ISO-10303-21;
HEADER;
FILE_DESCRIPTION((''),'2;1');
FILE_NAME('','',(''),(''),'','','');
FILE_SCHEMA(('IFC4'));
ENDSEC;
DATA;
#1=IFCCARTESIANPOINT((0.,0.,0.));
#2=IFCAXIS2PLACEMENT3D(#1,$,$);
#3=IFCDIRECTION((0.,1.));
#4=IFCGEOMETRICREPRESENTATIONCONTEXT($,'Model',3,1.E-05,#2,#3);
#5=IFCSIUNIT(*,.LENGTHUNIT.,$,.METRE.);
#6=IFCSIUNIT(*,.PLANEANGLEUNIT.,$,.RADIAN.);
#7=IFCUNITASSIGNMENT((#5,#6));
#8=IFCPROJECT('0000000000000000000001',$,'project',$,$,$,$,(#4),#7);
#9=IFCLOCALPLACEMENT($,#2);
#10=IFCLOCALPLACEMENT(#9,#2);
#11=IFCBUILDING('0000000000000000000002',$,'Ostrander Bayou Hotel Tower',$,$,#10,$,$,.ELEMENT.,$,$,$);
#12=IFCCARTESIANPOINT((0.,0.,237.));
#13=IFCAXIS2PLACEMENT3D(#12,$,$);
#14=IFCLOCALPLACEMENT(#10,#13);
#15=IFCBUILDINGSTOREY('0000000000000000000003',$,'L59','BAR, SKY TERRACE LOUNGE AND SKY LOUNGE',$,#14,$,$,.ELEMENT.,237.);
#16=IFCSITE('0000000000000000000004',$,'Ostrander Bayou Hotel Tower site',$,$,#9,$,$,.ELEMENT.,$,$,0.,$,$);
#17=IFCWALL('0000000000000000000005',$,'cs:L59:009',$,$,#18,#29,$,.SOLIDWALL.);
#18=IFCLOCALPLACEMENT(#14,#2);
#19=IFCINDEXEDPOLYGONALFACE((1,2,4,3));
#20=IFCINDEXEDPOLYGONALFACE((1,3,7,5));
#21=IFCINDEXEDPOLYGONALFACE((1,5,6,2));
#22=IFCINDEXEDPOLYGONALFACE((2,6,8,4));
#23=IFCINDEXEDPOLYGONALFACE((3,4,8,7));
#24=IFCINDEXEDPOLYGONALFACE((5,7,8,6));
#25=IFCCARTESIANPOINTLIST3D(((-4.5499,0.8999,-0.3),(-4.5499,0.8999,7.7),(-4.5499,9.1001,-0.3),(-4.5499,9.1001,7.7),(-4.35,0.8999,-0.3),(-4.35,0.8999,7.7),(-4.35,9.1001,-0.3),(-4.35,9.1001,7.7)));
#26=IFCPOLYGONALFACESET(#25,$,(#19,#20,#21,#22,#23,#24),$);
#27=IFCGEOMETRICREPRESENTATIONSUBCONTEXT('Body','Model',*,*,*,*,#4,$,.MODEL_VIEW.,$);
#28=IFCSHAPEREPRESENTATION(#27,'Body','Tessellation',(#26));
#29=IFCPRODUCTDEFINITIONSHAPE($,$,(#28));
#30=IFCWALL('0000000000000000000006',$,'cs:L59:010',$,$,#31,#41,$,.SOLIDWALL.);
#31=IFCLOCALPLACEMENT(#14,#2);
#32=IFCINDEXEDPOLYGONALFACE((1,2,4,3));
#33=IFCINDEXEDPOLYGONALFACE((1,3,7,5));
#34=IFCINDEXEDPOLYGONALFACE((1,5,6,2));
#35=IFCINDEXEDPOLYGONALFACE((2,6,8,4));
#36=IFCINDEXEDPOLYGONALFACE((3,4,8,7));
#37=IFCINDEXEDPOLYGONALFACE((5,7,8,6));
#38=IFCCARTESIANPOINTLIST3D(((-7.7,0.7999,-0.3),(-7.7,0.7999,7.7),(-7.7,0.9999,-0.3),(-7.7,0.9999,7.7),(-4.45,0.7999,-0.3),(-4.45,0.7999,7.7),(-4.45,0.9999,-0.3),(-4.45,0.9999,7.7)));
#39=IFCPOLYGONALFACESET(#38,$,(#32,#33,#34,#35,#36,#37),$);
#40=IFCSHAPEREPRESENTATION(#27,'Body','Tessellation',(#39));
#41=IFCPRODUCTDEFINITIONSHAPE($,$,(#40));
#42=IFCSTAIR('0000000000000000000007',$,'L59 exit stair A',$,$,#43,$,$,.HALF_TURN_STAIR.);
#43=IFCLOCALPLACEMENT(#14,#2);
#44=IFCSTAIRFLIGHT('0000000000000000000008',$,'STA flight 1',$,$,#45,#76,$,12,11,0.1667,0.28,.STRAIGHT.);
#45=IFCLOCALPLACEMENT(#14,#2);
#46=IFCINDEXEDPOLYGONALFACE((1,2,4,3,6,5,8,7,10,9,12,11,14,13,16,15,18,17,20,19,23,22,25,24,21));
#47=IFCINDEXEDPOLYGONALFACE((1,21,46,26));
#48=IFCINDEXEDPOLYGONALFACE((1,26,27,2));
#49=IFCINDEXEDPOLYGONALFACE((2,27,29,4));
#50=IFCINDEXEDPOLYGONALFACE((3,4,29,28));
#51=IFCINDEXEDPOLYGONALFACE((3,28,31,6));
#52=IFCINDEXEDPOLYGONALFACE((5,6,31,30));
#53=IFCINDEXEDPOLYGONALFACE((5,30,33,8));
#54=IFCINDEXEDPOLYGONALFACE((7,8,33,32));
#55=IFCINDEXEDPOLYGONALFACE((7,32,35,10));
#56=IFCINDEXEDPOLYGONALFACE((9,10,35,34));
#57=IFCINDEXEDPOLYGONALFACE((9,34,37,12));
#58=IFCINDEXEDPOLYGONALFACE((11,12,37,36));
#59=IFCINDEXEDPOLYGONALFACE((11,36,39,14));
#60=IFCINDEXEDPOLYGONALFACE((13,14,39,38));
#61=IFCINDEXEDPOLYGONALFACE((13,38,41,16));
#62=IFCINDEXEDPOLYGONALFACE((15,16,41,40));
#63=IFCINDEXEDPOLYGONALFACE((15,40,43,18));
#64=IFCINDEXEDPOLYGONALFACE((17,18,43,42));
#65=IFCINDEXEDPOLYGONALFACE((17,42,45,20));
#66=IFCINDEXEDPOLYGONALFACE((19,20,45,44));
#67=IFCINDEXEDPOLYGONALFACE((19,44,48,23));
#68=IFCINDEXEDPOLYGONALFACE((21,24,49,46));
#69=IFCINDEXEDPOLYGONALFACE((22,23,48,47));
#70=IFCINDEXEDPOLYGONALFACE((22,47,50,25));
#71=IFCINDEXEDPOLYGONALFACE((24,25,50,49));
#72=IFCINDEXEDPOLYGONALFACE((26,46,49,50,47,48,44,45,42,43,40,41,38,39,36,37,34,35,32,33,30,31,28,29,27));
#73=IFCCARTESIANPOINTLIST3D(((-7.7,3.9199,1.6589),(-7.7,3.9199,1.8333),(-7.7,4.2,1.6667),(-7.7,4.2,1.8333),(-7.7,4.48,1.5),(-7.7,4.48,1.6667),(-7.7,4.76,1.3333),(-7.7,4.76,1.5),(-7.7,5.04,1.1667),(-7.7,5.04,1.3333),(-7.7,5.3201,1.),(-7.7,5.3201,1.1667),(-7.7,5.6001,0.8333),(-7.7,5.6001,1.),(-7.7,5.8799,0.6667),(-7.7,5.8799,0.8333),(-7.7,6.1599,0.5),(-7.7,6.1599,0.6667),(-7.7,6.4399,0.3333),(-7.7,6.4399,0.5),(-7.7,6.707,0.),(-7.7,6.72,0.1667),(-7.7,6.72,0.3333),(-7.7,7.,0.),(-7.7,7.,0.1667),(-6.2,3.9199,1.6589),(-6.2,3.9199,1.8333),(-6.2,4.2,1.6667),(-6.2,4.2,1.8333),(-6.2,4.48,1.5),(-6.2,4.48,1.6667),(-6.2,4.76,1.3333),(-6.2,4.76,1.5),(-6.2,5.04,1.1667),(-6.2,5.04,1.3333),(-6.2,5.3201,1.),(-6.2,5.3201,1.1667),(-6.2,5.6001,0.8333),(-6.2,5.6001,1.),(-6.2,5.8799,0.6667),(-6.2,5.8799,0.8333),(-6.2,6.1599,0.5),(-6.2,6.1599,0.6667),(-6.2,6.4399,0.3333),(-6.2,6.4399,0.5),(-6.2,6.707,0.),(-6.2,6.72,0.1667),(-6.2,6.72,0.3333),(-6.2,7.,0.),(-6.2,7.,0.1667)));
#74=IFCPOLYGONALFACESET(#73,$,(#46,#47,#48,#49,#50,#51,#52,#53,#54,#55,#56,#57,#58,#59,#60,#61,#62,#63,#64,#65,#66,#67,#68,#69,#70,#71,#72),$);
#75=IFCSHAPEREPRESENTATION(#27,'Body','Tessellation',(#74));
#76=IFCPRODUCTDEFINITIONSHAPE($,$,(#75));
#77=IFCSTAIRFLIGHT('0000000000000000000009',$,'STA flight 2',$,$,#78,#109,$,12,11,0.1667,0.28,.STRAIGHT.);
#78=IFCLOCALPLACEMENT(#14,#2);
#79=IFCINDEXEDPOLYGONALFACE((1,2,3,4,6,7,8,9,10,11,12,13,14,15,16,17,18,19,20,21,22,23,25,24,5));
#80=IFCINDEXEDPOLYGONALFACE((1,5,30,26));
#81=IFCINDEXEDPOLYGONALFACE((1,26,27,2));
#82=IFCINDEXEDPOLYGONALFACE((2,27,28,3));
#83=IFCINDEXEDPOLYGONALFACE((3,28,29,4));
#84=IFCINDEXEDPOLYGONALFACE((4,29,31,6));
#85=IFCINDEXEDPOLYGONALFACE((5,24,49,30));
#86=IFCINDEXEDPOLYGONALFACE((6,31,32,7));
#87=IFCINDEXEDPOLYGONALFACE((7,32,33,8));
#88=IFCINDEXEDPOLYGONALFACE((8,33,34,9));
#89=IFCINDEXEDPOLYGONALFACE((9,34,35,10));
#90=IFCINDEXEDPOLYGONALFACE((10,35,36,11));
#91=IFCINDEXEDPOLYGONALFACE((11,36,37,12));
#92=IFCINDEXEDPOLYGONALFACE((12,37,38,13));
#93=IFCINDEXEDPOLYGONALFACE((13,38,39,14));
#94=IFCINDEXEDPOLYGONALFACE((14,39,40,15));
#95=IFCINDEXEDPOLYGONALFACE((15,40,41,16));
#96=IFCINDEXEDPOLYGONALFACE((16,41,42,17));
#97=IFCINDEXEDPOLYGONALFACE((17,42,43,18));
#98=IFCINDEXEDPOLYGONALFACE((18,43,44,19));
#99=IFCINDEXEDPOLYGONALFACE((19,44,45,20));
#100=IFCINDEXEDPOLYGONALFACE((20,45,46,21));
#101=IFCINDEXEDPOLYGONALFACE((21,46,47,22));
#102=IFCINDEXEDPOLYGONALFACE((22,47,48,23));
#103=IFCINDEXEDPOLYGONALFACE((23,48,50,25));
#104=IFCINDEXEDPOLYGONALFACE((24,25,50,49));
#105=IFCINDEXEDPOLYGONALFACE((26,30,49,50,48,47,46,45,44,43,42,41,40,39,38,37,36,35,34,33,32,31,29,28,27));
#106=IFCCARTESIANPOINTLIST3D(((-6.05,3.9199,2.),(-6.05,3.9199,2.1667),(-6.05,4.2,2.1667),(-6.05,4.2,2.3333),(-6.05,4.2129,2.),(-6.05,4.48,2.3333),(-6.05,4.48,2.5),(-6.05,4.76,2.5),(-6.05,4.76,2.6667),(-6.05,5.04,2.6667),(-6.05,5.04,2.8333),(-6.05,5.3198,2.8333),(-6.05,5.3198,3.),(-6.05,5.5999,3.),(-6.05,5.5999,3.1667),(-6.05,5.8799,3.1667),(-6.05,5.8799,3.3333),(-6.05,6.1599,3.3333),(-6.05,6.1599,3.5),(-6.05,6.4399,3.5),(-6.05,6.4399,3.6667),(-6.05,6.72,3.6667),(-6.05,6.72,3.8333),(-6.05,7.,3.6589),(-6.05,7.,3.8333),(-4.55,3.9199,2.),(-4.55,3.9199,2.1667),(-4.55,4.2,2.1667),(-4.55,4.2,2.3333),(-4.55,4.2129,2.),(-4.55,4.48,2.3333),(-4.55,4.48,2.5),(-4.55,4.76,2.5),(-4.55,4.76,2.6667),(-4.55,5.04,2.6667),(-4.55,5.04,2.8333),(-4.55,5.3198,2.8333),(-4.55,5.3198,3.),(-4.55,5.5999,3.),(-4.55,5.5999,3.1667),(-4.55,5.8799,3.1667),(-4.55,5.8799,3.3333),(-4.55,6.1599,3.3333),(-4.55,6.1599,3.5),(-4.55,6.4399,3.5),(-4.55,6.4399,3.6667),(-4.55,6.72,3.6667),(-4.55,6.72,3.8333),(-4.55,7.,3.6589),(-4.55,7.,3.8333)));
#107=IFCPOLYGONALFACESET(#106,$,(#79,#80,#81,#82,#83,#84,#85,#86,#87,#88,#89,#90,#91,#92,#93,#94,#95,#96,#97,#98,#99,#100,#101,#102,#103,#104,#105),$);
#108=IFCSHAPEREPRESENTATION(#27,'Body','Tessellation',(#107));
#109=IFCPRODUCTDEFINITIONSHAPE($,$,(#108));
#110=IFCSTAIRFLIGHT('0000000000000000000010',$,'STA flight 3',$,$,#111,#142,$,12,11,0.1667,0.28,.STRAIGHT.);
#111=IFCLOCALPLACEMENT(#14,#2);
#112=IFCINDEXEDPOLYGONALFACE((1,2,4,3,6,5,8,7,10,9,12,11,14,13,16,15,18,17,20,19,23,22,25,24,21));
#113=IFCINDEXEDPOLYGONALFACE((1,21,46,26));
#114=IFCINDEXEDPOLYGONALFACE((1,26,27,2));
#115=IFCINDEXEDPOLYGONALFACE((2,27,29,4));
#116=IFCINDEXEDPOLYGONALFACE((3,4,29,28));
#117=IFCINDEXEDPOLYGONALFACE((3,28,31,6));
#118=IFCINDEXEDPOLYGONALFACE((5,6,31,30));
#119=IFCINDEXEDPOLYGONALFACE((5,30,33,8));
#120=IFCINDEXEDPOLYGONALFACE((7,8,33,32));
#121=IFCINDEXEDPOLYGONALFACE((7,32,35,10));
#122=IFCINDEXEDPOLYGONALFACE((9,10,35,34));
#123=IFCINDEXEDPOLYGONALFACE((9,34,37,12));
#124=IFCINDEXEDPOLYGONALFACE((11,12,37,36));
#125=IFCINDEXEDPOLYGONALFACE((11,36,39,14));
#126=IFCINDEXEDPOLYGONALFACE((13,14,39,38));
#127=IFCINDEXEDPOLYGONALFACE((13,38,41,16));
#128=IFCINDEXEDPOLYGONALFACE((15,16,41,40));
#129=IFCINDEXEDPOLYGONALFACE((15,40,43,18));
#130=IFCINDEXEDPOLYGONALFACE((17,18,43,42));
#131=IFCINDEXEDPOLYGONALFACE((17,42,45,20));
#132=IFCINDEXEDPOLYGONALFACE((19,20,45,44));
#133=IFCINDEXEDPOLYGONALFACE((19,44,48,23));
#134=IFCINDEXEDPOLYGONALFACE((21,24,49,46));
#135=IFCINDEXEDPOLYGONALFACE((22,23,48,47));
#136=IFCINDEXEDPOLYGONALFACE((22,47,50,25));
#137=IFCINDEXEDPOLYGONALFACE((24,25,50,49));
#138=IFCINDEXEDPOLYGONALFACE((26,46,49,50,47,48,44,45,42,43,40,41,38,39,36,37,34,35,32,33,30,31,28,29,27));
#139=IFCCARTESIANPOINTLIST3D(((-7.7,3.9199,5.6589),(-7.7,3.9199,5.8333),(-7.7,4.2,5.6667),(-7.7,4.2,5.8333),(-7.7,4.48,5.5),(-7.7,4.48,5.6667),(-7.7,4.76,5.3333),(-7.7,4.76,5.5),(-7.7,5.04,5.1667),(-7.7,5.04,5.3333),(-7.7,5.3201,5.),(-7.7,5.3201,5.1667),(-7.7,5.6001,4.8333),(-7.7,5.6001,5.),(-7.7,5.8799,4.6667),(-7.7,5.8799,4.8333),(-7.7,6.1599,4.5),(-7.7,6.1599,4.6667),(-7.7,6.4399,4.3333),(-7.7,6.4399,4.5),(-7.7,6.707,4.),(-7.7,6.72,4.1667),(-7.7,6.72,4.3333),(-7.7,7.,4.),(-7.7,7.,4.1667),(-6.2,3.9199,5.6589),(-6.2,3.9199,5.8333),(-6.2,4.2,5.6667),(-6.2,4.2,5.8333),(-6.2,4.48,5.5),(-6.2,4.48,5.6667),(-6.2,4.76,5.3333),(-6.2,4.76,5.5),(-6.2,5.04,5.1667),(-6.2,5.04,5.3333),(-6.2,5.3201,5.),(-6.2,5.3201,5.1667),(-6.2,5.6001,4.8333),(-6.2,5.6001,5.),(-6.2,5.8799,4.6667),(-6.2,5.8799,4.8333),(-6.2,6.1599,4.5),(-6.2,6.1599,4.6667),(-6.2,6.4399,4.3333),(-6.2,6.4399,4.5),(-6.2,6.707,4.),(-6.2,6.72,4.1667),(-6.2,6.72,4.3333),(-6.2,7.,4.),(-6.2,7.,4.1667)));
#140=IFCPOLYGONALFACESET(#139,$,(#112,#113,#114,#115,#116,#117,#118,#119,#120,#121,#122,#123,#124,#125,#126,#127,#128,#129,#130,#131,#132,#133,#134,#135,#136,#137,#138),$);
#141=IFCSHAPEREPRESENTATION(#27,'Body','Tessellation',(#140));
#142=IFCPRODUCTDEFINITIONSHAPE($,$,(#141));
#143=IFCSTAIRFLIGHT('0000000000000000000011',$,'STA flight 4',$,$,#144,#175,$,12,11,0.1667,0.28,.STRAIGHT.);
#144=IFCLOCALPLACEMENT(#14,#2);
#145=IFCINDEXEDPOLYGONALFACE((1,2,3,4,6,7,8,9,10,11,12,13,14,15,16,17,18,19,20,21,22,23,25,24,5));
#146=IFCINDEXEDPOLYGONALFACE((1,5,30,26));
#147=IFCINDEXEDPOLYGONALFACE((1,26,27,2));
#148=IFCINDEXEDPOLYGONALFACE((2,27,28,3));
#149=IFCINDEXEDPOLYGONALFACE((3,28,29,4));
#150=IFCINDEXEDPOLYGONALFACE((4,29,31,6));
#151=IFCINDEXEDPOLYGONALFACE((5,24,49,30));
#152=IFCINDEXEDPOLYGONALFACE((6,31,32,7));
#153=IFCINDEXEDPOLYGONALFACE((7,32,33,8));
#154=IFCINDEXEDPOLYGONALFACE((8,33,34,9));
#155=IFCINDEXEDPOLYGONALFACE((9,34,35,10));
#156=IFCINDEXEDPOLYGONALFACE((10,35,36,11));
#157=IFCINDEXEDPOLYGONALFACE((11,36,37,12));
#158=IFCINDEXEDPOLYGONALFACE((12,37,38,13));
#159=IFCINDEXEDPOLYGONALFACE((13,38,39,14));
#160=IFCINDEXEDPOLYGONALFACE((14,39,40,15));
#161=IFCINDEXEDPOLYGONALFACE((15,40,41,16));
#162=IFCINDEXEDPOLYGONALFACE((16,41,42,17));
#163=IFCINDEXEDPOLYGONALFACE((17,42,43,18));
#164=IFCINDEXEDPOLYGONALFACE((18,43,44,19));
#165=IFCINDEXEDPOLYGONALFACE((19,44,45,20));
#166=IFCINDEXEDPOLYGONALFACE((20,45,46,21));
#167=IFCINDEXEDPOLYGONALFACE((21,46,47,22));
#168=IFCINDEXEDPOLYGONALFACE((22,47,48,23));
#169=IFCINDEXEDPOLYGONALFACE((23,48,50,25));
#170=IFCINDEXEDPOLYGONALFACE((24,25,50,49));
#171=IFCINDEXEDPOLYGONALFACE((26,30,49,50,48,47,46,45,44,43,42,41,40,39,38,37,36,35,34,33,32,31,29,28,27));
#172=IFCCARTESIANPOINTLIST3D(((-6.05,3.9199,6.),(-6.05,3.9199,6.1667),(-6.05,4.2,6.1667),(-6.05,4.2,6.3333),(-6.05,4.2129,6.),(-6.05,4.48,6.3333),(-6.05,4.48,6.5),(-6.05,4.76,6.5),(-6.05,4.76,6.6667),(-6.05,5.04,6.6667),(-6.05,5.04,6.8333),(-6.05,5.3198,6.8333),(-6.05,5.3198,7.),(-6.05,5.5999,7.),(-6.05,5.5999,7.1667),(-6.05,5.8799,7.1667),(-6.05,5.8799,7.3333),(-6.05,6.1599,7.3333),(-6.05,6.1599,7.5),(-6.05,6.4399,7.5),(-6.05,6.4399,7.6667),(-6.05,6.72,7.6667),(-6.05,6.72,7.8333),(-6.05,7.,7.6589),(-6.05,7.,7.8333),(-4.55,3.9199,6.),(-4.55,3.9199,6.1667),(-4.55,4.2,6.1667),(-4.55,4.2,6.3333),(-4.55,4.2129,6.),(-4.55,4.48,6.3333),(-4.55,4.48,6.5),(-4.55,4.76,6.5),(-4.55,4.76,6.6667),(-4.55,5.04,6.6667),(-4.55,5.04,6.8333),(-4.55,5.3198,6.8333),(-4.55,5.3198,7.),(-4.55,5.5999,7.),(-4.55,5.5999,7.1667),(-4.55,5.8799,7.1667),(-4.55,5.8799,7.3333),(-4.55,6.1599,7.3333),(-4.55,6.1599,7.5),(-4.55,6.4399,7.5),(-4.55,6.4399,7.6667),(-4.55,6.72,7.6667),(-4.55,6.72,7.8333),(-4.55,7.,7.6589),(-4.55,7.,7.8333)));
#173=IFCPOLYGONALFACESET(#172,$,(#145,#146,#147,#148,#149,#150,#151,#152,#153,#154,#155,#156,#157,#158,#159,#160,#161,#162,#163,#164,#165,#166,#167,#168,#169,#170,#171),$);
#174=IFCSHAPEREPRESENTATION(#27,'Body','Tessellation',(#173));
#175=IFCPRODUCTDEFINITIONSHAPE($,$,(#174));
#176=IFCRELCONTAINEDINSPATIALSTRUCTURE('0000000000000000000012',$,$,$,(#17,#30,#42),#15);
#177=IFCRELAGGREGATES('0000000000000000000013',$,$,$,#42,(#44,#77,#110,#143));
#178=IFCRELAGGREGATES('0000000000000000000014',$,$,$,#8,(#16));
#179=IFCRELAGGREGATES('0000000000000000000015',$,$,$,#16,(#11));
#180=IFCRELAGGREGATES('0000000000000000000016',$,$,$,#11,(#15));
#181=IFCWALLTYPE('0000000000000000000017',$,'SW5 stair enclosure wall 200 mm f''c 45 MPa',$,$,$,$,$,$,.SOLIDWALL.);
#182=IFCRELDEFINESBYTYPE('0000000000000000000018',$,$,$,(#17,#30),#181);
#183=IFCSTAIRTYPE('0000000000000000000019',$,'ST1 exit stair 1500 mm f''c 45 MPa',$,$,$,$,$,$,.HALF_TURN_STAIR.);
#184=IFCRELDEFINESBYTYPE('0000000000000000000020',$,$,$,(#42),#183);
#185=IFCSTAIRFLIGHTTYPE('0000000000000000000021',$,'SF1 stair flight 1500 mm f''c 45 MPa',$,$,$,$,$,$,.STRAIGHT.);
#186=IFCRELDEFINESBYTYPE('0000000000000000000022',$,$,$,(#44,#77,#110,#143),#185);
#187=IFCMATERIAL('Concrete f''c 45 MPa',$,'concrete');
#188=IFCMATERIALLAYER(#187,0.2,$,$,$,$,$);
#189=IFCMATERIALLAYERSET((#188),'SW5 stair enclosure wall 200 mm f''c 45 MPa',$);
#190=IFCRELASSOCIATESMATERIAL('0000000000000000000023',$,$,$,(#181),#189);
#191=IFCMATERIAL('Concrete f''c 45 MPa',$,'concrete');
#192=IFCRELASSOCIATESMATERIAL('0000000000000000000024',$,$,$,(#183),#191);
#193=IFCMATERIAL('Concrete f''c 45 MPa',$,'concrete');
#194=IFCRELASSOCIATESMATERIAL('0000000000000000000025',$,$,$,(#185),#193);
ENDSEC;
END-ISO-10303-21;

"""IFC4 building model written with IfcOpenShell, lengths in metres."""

from ifc_helpers import new_model, si_unit, direction, frame, frame_2d, origin, place, context, subcontext, project, spatial, polyline, rectangle, outline, extrude, material, layer, layer_set, type_object, element, aggregate, save


model = new_model("IFC4")

# Units and contexts
model_context = context("Model", 3, precision=1e-05, world=origin(), true_north=direction((0.0, 1.0)))
body_context = subcontext(model_context, "Body", "Model", "MODEL_VIEW")
ifc_project = project(units=[si_unit("LENGTHUNIT", "METRE"), si_unit("PLANEANGLEUNIT", "RADIAN")], contexts=[model_context])

# Site, building, storey
site_placement = place(None, origin())
site = spatial("IfcSite", under=ifc_project, at=site_placement, Name="Ostrander Bayou Hotel Tower site", CompositionType="ELEMENT", RefElevation=0.0)
building_placement = place(site_placement, origin())
building = spatial("IfcBuilding", under=site, at=building_placement, Name="Ostrander Bayou Hotel Tower", CompositionType="ELEMENT")
storey_placement = place(building_placement, frame((0.0, 0.0, 237.0)))
storey = spatial("IfcBuildingStorey", under=building, at=storey_placement, Name="L59", Description="BAR, SKY TERRACE LOUNGE AND SKY LOUNGE", CompositionType="ELEMENT", Elevation=237.0)

# Walls
ifc_material_1 = material(Name="Concrete f'c 45 MPa", Category="concrete")
ifc_layer_1 = layer(ifc_material_1, 0.2)
ifc_layer_set_1 = layer_set([ifc_layer_1], Name="SW5 stair enclosure wall 200 mm f'c 45 MPa")
wall_type_1 = type_object("IfcWallType", Name="SW5 stair enclosure wall 200 mm f'c 45 MPa", PredefinedType="SOLIDWALL", material=ifc_layer_set_1)
wall_1_placement = place(storey_placement, frame((-4.45, 0.8999, -0.3), z_axis=(0.0, 0.0, 1.0), x_axis=(0.0, 1.0, 0.0)))
element("IfcWall", 1, at=wall_1_placement, inside=storey, type_object=wall_type_1, Name="cs:L59:009", PredefinedType="SOLIDWALL", context=body_context, shape_type="SweptSolid", body=[
    extrude(rectangle(XDim=8.2002, YDim=0.2, at=frame_2d((4.1001, 0.0))), origin(), (0.0, 0.0, 1.0), 8.0),
])
wall_2_placement = place(storey_placement, frame((-7.7, 0.8999, -0.3), z_axis=(0.0, 0.0, 1.0), x_axis=(1.0, 0.0, 0.0)))
element("IfcWall", 2, at=wall_2_placement, inside=storey, type_object=wall_type_1, Name="cs:L59:010", PredefinedType="SOLIDWALL", context=body_context, shape_type="SweptSolid", body=[
    extrude(rectangle(XDim=3.25, YDim=0.2, at=frame_2d((1.625, 0.0))), origin(), (0.0, 0.0, 1.0), 8.0),
])

# Stair, stair flights
ifc_material_2 = material(Name="Concrete f'c 45 MPa", Category="concrete")
stair_type = type_object("IfcStairType", Name="ST1 exit stair 1500 mm f'c 45 MPa", PredefinedType="HALF_TURN_STAIR", material=ifc_material_2)
stair_placement = place(storey_placement, origin())
stair = element("IfcStair", 3, at=stair_placement, inside=storey, type_object=stair_type, Name="L59 exit stair A", PredefinedType="HALF_TURN_STAIR")
ifc_material_3 = material(Name="Concrete f'c 45 MPa", Category="concrete")
stair_flight_type = type_object("IfcStairFlightType", Name="SF1 stair flight 1500 mm f'c 45 MPa", PredefinedType="STRAIGHT", material=ifc_material_3)
stair_flight_1_placement = place(storey_placement, frame((-6.95, 7.0, 0.0), z_axis=(0.0, 0.0, 1.0), x_axis=(0.0, -1.0, 0.0)))
stair_flight_1 = element("IfcStairFlight", 4, at=stair_flight_1_placement, type_object=stair_flight_type, Name="STA flight 1", NumberOfRisers=12, NumberOfTreads=11, PredefinedType="STRAIGHT", RiserHeight=0.1667, TreadLength=0.28, context=body_context, shape_type="SweptSolid", body=[
    extrude(outline(polyline([(0.0, 0.0), (0.0, 0.1667), (0.28, 0.1667), (0.28, 0.3333), (0.5601, 0.3333), (0.5601, 0.5), (0.8401, 0.5), (0.8401, 0.6667), (1.1201, 0.6667), (1.1201, 0.8333), (1.3999, 0.8333), (1.3999, 1.0), (1.6799, 1.0), (1.6799, 1.1667), (1.96, 1.1667), (1.96, 1.3333), (2.24, 1.3333), (2.24, 1.5), (2.52, 1.5), (2.52, 1.6667), (2.8, 1.6667), (2.8, 1.8333), (3.0801, 1.8333), (3.0801, 2.0), (3.0801, 1.6589), (0.293, 0.0), (0.0, 0.0)])), frame((0.0, 0.75, 0.0), z_axis=(0.0, -1.0, 0.0), x_axis=(1.0, 0.0, 0.0)), (0.0, 0.0, 1.0), 1.5),
])
stair_flight_2_placement = place(storey_placement, frame((-5.3, 3.9199, 2.0), z_axis=(0.0, 0.0, 1.0), x_axis=(0.0, 1.0, 0.0)))
stair_flight_2 = element("IfcStairFlight", 5, at=stair_flight_2_placement, type_object=stair_flight_type, Name="STA flight 2", NumberOfRisers=12, NumberOfTreads=11, PredefinedType="STRAIGHT", RiserHeight=0.1667, TreadLength=0.28, context=body_context, shape_type="SweptSolid", body=[
    extrude(outline(polyline([(0.0, 0.0), (0.0, 0.1667), (0.28, 0.1667), (0.28, 0.3333), (0.5601, 0.3333), (0.5601, 0.5), (0.8401, 0.5), (0.8401, 0.6667), (1.1201, 0.6667), (1.1201, 0.8333), (1.3999, 0.8333), (1.3999, 1.0), (1.6799, 1.0), (1.6799, 1.1667), (1.96, 1.1667), (1.96, 1.3333), (2.24, 1.3333), (2.24, 1.5), (2.52, 1.5), (2.52, 1.6667), (2.8, 1.6667), (2.8, 1.8333), (3.0801, 1.8333), (3.0801, 2.0), (3.0801, 1.6589), (0.293, 0.0), (0.0, 0.0)])), frame((0.0, 0.75, 0.0), z_axis=(0.0, -1.0, 0.0), x_axis=(1.0, 0.0, 0.0)), (0.0, 0.0, 1.0), 1.5),
])
stair_flight_3_placement = place(storey_placement, frame((-6.95, 7.0, 4.0), z_axis=(0.0, 0.0, 1.0), x_axis=(0.0, -1.0, 0.0)))
stair_flight_3 = element("IfcStairFlight", 6, at=stair_flight_3_placement, type_object=stair_flight_type, Name="STA flight 3", NumberOfRisers=12, NumberOfTreads=11, PredefinedType="STRAIGHT", RiserHeight=0.1667, TreadLength=0.28, context=body_context, shape_type="SweptSolid", body=[
    extrude(outline(polyline([(0.0, 0.0), (0.0, 0.1667), (0.28, 0.1667), (0.28, 0.3333), (0.5601, 0.3333), (0.5601, 0.5), (0.8401, 0.5), (0.8401, 0.6667), (1.1201, 0.6667), (1.1201, 0.8333), (1.3999, 0.8333), (1.3999, 1.0), (1.6799, 1.0), (1.6799, 1.1667), (1.96, 1.1667), (1.96, 1.3333), (2.24, 1.3333), (2.24, 1.5), (2.52, 1.5), (2.52, 1.6667), (2.8, 1.6667), (2.8, 1.8333), (3.0801, 1.8333), (3.0801, 2.0), (3.0801, 1.6589), (0.293, 0.0), (0.0, 0.0)])), frame((0.0, 0.75, 0.0), z_axis=(0.0, -1.0, 0.0), x_axis=(1.0, 0.0, 0.0)), (0.0, 0.0, 1.0), 1.5),
])
stair_flight_4_placement = place(storey_placement, frame((-5.3, 3.9199, 6.0), z_axis=(0.0, 0.0, 1.0), x_axis=(0.0, 1.0, 0.0)))
stair_flight_4 = element("IfcStairFlight", 7, at=stair_flight_4_placement, type_object=stair_flight_type, Name="STA flight 4", NumberOfRisers=12, NumberOfTreads=11, PredefinedType="STRAIGHT", RiserHeight=0.1667, TreadLength=0.28, context=body_context, shape_type="SweptSolid", body=[
    extrude(outline(polyline([(0.0, 0.0), (0.0, 0.1667), (0.28, 0.1667), (0.28, 0.3333), (0.5601, 0.3333), (0.5601, 0.5), (0.8401, 0.5), (0.8401, 0.6667), (1.1201, 0.6667), (1.1201, 0.8333), (1.3999, 0.8333), (1.3999, 1.0), (1.6799, 1.0), (1.6799, 1.1667), (1.96, 1.1667), (1.96, 1.3333), (2.24, 1.3333), (2.24, 1.5), (2.52, 1.5), (2.52, 1.6667), (2.8, 1.6667), (2.8, 1.8333), (3.0801, 1.8333), (3.0801, 2.0), (3.0801, 1.6589), (0.293, 0.0), (0.0, 0.0)])), frame((0.0, 0.75, 0.0), z_axis=(0.0, -1.0, 0.0), x_axis=(1.0, 0.0, 0.0)), (0.0, 0.0, 1.0), 1.5),
])
aggregate(stair, [stair_flight_1, stair_flight_2, stair_flight_3, stair_flight_4])

save(model, "model.ifc")
